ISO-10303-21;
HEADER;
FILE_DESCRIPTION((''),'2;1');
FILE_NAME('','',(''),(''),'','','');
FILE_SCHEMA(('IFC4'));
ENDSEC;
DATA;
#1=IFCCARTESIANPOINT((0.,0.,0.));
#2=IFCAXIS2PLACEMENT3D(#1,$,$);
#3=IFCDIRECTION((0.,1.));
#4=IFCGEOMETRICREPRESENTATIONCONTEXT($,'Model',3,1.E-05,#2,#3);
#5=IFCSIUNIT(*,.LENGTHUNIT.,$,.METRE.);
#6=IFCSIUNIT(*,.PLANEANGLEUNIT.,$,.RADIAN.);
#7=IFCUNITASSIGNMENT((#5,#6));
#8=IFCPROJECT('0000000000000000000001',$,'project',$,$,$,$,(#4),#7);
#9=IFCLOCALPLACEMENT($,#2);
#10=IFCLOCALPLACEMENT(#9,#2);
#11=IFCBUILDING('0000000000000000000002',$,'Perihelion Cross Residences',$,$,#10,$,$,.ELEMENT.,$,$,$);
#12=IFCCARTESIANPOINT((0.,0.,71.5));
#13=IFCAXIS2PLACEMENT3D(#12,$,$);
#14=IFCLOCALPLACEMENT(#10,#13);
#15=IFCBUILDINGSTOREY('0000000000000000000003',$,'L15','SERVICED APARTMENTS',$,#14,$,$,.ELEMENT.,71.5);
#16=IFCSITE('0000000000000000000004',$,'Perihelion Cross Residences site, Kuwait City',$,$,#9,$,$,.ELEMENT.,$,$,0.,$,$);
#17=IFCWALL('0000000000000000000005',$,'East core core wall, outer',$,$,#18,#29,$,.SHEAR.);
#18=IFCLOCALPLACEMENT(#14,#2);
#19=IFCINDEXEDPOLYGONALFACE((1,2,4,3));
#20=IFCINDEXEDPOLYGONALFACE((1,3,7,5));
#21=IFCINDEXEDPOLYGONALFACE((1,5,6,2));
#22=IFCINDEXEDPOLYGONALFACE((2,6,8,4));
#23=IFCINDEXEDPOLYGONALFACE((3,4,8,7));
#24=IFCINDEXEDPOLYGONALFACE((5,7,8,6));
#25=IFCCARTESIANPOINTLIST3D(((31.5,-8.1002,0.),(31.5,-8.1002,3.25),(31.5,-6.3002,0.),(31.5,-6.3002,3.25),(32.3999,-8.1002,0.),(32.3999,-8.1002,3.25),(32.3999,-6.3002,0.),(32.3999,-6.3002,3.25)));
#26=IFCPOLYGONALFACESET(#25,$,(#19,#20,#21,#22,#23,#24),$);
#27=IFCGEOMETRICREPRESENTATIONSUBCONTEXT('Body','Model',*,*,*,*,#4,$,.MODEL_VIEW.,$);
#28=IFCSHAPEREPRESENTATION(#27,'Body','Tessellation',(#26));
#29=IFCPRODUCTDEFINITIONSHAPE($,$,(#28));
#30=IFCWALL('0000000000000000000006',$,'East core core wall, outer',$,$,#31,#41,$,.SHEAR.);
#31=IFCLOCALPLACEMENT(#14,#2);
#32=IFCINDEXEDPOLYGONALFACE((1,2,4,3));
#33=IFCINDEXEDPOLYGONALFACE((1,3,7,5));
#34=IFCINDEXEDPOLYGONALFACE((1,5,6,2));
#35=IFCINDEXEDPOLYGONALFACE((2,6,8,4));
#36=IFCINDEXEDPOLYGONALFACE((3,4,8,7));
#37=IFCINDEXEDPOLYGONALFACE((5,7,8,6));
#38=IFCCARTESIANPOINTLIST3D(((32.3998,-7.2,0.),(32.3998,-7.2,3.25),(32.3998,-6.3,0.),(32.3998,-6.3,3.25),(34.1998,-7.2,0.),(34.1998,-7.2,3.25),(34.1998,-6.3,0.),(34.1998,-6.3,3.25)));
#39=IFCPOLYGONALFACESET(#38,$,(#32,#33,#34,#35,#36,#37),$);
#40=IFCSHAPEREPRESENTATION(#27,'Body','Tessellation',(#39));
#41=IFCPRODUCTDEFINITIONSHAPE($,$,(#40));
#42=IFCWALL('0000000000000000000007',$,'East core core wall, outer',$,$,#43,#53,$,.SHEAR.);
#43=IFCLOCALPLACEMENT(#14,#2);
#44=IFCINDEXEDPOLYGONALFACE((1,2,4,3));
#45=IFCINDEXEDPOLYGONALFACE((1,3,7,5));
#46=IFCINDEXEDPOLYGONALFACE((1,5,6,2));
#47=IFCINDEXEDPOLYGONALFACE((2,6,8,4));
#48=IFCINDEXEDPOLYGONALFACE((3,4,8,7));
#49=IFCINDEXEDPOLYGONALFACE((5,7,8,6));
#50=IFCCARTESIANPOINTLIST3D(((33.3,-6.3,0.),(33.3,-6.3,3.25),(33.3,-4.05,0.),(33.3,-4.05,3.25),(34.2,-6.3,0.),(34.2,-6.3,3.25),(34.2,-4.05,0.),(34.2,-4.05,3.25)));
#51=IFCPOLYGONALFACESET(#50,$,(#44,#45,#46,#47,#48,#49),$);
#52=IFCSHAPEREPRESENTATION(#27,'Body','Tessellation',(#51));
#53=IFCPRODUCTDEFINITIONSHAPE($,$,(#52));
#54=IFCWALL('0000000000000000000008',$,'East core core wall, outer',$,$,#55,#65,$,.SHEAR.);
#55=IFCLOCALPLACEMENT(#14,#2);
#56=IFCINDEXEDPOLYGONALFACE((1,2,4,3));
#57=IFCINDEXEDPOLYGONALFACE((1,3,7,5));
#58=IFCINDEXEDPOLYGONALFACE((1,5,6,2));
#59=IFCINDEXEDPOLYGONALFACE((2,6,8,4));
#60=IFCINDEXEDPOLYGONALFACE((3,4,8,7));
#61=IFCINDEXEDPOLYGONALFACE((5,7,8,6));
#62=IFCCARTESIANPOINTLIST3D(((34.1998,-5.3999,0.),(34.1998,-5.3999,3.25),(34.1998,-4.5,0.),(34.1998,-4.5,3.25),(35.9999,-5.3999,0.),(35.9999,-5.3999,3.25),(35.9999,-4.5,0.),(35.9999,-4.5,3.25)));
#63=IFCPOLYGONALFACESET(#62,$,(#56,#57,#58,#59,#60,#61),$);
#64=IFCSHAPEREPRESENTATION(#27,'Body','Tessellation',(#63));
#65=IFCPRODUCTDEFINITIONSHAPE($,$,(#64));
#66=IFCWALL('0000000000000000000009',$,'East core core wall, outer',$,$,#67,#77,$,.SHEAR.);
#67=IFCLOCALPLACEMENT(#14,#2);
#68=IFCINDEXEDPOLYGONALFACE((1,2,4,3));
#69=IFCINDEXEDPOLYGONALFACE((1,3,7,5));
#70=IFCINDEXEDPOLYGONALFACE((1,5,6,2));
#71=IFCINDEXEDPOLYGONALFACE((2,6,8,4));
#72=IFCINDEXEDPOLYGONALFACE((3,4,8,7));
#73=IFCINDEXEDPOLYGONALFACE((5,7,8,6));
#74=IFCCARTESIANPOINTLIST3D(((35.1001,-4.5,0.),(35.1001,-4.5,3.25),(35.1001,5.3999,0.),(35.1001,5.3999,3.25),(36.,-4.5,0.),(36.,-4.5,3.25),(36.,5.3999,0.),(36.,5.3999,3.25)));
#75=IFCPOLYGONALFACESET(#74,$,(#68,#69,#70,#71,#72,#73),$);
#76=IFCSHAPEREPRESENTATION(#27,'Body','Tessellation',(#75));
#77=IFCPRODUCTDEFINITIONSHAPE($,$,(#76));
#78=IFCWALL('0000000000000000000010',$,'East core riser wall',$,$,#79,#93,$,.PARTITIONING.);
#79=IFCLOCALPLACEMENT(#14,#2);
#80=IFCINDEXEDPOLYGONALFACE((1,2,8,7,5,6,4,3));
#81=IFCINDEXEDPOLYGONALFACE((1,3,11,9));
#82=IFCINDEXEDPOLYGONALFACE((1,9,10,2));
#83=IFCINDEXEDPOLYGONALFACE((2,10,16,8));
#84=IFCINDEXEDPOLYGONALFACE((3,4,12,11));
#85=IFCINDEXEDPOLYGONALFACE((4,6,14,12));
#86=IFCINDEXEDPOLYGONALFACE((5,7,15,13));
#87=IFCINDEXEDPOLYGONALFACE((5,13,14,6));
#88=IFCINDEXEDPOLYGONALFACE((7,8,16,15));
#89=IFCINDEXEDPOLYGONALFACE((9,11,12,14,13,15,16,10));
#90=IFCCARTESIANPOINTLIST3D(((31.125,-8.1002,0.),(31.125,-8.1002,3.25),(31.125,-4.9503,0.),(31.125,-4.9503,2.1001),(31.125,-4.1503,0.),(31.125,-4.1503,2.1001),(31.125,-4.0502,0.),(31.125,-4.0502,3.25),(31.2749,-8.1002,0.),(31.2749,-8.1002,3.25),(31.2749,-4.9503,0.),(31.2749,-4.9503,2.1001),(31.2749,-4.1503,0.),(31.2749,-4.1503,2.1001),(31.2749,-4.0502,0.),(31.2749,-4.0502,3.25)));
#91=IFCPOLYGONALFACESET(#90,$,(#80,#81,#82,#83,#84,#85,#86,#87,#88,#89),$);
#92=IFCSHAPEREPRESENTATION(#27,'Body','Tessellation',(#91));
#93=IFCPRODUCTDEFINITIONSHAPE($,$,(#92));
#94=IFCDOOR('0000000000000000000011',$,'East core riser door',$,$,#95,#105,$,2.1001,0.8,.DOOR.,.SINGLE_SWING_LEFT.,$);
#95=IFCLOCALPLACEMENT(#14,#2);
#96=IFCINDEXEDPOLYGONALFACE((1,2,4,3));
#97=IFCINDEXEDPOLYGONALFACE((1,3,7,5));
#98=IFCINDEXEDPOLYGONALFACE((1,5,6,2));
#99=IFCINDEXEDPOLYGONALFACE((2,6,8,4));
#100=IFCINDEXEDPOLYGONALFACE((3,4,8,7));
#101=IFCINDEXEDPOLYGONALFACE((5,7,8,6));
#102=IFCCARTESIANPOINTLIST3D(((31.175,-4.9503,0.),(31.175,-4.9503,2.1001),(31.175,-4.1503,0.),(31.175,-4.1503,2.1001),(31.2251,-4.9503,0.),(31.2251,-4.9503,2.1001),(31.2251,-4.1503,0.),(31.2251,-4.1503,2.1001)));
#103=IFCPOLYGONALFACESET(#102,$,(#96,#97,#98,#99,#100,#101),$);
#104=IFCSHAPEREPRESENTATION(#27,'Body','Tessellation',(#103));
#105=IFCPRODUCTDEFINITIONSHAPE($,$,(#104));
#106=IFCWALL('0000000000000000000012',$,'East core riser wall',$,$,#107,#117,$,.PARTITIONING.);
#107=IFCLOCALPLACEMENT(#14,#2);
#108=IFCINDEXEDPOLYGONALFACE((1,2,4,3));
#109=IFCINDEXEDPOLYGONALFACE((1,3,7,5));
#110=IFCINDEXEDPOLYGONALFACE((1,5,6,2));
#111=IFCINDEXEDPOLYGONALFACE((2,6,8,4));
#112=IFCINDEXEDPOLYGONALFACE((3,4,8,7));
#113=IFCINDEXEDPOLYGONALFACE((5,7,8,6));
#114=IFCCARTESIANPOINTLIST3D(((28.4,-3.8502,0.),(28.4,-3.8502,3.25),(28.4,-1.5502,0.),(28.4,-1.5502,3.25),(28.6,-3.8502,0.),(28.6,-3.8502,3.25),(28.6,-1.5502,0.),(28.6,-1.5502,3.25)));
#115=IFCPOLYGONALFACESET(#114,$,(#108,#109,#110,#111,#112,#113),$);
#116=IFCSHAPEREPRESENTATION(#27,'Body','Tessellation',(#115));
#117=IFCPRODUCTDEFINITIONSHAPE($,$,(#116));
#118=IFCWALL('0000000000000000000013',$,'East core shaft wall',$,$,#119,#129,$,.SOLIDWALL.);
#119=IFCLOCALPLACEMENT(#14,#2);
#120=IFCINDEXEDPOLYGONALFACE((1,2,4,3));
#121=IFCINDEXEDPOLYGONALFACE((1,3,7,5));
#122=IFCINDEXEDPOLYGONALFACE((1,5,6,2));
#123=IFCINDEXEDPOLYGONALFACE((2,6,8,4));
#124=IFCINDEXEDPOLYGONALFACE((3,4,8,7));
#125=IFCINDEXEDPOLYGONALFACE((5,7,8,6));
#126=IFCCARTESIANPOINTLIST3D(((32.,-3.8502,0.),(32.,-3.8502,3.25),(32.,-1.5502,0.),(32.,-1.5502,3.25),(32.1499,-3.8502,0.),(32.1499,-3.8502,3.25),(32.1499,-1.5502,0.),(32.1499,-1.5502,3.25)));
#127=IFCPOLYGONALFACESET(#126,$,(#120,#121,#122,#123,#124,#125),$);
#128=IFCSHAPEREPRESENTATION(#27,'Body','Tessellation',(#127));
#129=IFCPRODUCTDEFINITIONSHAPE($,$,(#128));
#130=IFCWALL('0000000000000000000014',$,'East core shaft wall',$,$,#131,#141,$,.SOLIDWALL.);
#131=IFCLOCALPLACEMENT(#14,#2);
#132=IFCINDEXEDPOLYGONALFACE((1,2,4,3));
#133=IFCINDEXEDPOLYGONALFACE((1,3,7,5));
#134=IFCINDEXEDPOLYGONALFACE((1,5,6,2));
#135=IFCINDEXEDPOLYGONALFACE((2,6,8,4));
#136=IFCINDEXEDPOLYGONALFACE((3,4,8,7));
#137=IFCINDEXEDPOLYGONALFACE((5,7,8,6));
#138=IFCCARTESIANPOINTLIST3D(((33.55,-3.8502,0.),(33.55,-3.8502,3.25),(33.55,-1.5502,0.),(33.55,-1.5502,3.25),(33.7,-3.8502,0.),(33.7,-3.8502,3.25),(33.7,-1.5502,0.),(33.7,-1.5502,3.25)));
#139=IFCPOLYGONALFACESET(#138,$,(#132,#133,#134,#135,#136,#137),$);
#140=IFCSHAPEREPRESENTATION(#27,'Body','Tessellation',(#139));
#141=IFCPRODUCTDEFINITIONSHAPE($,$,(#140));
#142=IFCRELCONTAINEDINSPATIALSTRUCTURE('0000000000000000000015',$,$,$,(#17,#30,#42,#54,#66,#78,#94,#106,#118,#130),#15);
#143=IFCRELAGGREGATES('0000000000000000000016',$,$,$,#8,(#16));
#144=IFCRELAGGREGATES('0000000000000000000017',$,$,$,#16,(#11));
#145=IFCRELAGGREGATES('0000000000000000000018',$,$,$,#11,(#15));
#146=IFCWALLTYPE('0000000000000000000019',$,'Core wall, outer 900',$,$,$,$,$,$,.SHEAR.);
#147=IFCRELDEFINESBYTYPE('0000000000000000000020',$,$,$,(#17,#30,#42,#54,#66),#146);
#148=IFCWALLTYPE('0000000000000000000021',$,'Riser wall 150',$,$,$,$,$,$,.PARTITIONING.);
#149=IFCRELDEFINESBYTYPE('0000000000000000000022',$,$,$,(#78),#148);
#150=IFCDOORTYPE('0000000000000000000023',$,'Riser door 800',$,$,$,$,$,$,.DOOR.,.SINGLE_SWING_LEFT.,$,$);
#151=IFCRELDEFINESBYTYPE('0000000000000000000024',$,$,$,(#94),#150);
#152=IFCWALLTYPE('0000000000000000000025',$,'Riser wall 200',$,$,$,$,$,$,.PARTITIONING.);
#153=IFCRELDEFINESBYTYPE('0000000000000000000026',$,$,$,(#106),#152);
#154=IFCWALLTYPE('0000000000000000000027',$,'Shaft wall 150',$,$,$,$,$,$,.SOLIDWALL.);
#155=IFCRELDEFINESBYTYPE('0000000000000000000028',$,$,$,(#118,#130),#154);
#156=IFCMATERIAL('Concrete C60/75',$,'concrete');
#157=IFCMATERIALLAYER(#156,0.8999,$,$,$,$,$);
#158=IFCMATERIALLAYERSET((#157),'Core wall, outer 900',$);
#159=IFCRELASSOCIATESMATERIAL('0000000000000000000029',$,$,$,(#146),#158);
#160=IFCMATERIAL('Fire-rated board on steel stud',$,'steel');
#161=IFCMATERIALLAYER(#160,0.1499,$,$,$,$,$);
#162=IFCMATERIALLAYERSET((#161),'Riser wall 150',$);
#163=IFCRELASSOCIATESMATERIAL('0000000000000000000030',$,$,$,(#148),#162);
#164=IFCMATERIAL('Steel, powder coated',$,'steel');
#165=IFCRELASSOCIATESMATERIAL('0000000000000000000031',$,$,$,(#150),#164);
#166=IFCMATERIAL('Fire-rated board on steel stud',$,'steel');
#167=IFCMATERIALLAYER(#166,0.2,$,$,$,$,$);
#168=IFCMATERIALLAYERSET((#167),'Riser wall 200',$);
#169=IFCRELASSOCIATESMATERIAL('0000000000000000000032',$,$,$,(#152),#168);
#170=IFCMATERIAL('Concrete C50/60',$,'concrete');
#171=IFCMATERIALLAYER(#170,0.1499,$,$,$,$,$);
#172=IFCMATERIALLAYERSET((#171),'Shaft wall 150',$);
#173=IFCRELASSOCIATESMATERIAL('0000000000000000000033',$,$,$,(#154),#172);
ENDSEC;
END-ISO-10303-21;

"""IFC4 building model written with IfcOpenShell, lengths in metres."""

from ifc_helpers import new_model, si_unit, direction, frame, frame_2d, origin, place, context, subcontext, project, spatial, rectangle, extrude, material, layer, layer_set, type_object, element, fill, save


model = new_model("IFC4")

# Units and contexts
model_context = context("Model", 3, precision=1e-05, world=origin(), true_north=direction((0.0, 1.0)))
body_context = subcontext(model_context, "Body", "Model", "MODEL_VIEW")
ifc_project = project(units=[si_unit("LENGTHUNIT", "METRE"), si_unit("PLANEANGLEUNIT", "RADIAN")], contexts=[model_context])

# Site, building, storey
site_placement = place(None, origin())
site = spatial("IfcSite", under=ifc_project, at=site_placement, Name="Perihelion Cross Residences site, Kuwait City", CompositionType="ELEMENT", RefElevation=0.0)
building_placement = place(site_placement, origin())
building = spatial("IfcBuilding", under=site, at=building_placement, Name="Perihelion Cross Residences", CompositionType="ELEMENT")
storey_placement = place(building_placement, frame((0.0, 0.0, 71.5)))
storey = spatial("IfcBuildingStorey", under=building, at=storey_placement, Name="L15", Description="SERVICED APARTMENTS", CompositionType="ELEMENT", Elevation=71.5)

# Walls
ifc_material_1 = material(Name="Concrete C60/75", Category="concrete")
ifc_layer_1 = layer(ifc_material_1, 0.8999)
ifc_layer_set_1 = layer_set([ifc_layer_1], Name="Core wall, outer 900")
wall_type_1 = type_object("IfcWallType", Name="Core wall, outer 900", PredefinedType="SHEAR", material=ifc_layer_set_1)
for number, where, z_axis, x_axis, name in (
    (1, (31.95, -8.1001, 0.0), (0.0, 0.0, 1.0), (0.0, 1.0, 0.0), "East core core wall, outer"),
    (2, (32.3999, -6.75, 0.0), (0.0, 0.0, 1.0), (1.0, 0.0, 0.0), "East core core wall, outer"),
):
    element("IfcWall", number, at=place(storey_placement, frame(where, z_axis=z_axis, x_axis=x_axis)), inside=storey, type_object=wall_type_1, Name=name, PredefinedType="SHEAR", context=body_context, shape_type="SweptSolid", body=[
        extrude(rectangle(XDim=1.8, YDim=0.8999, at=frame_2d((0.8999, 0.0))), origin(), (0.0, 0.0, 1.0), 3.25),
    ])
wall_1_placement = place(storey_placement, frame((33.75, -6.3, 0.0), z_axis=(0.0, 0.0, 1.0), x_axis=(0.0, 1.0, 0.0)))
element("IfcWall", 3, at=wall_1_placement, inside=storey, type_object=wall_type_1, Name="East core core wall, outer", PredefinedType="SHEAR", context=body_context, shape_type="SweptSolid", body=[
    extrude(rectangle(XDim=2.25, YDim=0.8999, at=frame_2d((1.125, 0.0))), origin(), (0.0, 0.0, 1.0), 3.25),
])
wall_2_placement = place(storey_placement, frame((34.2, -4.95, 0.0), z_axis=(0.0, 0.0, 1.0), x_axis=(1.0, 0.0, 0.0)))
element("IfcWall", 4, at=wall_2_placement, inside=storey, type_object=wall_type_1, Name="East core core wall, outer", PredefinedType="SHEAR", context=body_context, shape_type="SweptSolid", body=[
    extrude(rectangle(XDim=1.8, YDim=0.8999, at=frame_2d((0.8999, 0.0))), origin(), (0.0, 0.0, 1.0), 3.25),
])
wall_3_placement = place(storey_placement, frame((35.55, -4.5, 0.0), z_axis=(0.0, 0.0, 1.0), x_axis=(0.0, 1.0, 0.0)))
element("IfcWall", 5, at=wall_3_placement, inside=storey, type_object=wall_type_1, Name="East core core wall, outer", PredefinedType="SHEAR", context=body_context, shape_type="SweptSolid", body=[
    extrude(rectangle(XDim=9.8999, YDim=0.8999, at=frame_2d((4.95, 0.0))), origin(), (0.0, 0.0, 1.0), 3.25),
])

# Wall, opening, door
ifc_material_2 = material(Name="Fire-rated board on steel stud", Category="steel")
ifc_layer_2 = layer(ifc_material_2, 0.1499)
ifc_layer_set_2 = layer_set([ifc_layer_2], Name="Riser wall 150")
wall_type_2 = type_object("IfcWallType", Name="Riser wall 150", PredefinedType="PARTITIONING", material=ifc_layer_set_2)
wall_4_placement = place(storey_placement, frame((31.2, -8.1001, 0.0), z_axis=(0.0, 0.0, 1.0), x_axis=(0.0, 1.0, 0.0)))
wall_4 = element("IfcWall", 6, at=wall_4_placement, inside=storey, type_object=wall_type_2, Name="East core riser wall", PredefinedType="PARTITIONING", context=body_context, shape_type="SweptSolid", body=[
    extrude(rectangle(XDim=4.05, YDim=0.1499, at=frame_2d((2.0249, 0.0))), origin(), (0.0, 0.0, 1.0), 3.25),
])
opening_1_placement = place(wall_4_placement, frame((3.1499, 0.0, 0.0)))
opening_1 = element("IfcOpeningElement", 7, at=opening_1_placement, cuts=wall_4, PredefinedType="OPENING", context=body_context, shape_type="SweptSolid", body=[
    extrude(rectangle(XDim=0.8, YDim=2.1001, at=frame_2d((0.3999, 1.05))), frame((0.0, 0.085, 0.0), z_axis=(0.0, -1.0, 0.0), x_axis=(1.0, 0.0, 0.0)), (0.0, 0.0, 1.0), 0.1699),
])
ifc_material_3 = material(Name="Steel, powder coated", Category="steel")
door_type_1 = type_object("IfcDoorType", Name="Riser door 800", OperationType="SINGLE_SWING_LEFT", PredefinedType="DOOR", material=ifc_material_3)
door_1_placement = place(opening_1_placement, origin())
door_1 = element("IfcDoor", 8, at=door_1_placement, inside=storey, type_object=door_type_1, Name="East core riser door", OperationType="SINGLE_SWING_LEFT", OverallHeight=2.1001, OverallWidth=0.8, PredefinedType="DOOR", context=body_context, shape_type="SweptSolid", body=[
    extrude(rectangle(XDim=0.8, YDim=2.1001, at=frame_2d((0.3999, 1.05))), frame((0.0, 0.0249, 0.0), z_axis=(0.0, -1.0, 0.0), x_axis=(1.0, 0.0, 0.0)), (0.0, 0.0, 1.0), 0.05),
])
fill(opening_1, door_1)

# Walls
ifc_material_4 = material(Name="Fire-rated board on steel stud", Category="steel")
ifc_layer_3 = layer(ifc_material_4, 0.2)
ifc_layer_set_3 = layer_set([ifc_layer_3], Name="Riser wall 200")
wall_type_3 = type_object("IfcWallType", Name="Riser wall 200", PredefinedType="PARTITIONING", material=ifc_layer_set_3)
wall_5_placement = place(storey_placement, frame((28.5, -3.8501, 0.0), z_axis=(0.0, 0.0, 1.0), x_axis=(0.0, 1.0, 0.0)))
element("IfcWall", 9, at=wall_5_placement, inside=storey, type_object=wall_type_3, Name="East core riser wall", PredefinedType="PARTITIONING", context=body_context, shape_type="SweptSolid", body=[
    extrude(rectangle(XDim=2.3, YDim=0.2, at=frame_2d((1.1499, 0.0))), origin(), (0.0, 0.0, 1.0), 3.25),
])
ifc_material_5 = material(Name="Concrete C50/60", Category="concrete")
ifc_layer_4 = layer(ifc_material_5, 0.1499)
ifc_layer_set_4 = layer_set([ifc_layer_4], Name="Shaft wall 150")
wall_type_4 = type_object("IfcWallType", Name="Shaft wall 150", PredefinedType="SOLIDWALL", material=ifc_layer_set_4)
for number, where, z_axis, x_axis, name in (
    (10, (32.075, -3.8501, 0.0), (0.0, 0.0, 1.0), (0.0, 1.0, 0.0), "East core shaft wall"),
    (11, (33.625, -3.8501, 0.0), (0.0, 0.0, 1.0), (0.0, 1.0, 0.0), "East core shaft wall"),
):
    element("IfcWall", number, at=place(storey_placement, frame(where, z_axis=z_axis, x_axis=x_axis)), inside=storey, type_object=wall_type_4, Name=name, PredefinedType="SOLIDWALL", context=body_context, shape_type="SweptSolid", body=[
        extrude(rectangle(XDim=2.3, YDim=0.1499, at=frame_2d((1.1499, 0.0))), origin(), (0.0, 0.0, 1.0), 3.25),
    ])

save(model, "model.ifc")
